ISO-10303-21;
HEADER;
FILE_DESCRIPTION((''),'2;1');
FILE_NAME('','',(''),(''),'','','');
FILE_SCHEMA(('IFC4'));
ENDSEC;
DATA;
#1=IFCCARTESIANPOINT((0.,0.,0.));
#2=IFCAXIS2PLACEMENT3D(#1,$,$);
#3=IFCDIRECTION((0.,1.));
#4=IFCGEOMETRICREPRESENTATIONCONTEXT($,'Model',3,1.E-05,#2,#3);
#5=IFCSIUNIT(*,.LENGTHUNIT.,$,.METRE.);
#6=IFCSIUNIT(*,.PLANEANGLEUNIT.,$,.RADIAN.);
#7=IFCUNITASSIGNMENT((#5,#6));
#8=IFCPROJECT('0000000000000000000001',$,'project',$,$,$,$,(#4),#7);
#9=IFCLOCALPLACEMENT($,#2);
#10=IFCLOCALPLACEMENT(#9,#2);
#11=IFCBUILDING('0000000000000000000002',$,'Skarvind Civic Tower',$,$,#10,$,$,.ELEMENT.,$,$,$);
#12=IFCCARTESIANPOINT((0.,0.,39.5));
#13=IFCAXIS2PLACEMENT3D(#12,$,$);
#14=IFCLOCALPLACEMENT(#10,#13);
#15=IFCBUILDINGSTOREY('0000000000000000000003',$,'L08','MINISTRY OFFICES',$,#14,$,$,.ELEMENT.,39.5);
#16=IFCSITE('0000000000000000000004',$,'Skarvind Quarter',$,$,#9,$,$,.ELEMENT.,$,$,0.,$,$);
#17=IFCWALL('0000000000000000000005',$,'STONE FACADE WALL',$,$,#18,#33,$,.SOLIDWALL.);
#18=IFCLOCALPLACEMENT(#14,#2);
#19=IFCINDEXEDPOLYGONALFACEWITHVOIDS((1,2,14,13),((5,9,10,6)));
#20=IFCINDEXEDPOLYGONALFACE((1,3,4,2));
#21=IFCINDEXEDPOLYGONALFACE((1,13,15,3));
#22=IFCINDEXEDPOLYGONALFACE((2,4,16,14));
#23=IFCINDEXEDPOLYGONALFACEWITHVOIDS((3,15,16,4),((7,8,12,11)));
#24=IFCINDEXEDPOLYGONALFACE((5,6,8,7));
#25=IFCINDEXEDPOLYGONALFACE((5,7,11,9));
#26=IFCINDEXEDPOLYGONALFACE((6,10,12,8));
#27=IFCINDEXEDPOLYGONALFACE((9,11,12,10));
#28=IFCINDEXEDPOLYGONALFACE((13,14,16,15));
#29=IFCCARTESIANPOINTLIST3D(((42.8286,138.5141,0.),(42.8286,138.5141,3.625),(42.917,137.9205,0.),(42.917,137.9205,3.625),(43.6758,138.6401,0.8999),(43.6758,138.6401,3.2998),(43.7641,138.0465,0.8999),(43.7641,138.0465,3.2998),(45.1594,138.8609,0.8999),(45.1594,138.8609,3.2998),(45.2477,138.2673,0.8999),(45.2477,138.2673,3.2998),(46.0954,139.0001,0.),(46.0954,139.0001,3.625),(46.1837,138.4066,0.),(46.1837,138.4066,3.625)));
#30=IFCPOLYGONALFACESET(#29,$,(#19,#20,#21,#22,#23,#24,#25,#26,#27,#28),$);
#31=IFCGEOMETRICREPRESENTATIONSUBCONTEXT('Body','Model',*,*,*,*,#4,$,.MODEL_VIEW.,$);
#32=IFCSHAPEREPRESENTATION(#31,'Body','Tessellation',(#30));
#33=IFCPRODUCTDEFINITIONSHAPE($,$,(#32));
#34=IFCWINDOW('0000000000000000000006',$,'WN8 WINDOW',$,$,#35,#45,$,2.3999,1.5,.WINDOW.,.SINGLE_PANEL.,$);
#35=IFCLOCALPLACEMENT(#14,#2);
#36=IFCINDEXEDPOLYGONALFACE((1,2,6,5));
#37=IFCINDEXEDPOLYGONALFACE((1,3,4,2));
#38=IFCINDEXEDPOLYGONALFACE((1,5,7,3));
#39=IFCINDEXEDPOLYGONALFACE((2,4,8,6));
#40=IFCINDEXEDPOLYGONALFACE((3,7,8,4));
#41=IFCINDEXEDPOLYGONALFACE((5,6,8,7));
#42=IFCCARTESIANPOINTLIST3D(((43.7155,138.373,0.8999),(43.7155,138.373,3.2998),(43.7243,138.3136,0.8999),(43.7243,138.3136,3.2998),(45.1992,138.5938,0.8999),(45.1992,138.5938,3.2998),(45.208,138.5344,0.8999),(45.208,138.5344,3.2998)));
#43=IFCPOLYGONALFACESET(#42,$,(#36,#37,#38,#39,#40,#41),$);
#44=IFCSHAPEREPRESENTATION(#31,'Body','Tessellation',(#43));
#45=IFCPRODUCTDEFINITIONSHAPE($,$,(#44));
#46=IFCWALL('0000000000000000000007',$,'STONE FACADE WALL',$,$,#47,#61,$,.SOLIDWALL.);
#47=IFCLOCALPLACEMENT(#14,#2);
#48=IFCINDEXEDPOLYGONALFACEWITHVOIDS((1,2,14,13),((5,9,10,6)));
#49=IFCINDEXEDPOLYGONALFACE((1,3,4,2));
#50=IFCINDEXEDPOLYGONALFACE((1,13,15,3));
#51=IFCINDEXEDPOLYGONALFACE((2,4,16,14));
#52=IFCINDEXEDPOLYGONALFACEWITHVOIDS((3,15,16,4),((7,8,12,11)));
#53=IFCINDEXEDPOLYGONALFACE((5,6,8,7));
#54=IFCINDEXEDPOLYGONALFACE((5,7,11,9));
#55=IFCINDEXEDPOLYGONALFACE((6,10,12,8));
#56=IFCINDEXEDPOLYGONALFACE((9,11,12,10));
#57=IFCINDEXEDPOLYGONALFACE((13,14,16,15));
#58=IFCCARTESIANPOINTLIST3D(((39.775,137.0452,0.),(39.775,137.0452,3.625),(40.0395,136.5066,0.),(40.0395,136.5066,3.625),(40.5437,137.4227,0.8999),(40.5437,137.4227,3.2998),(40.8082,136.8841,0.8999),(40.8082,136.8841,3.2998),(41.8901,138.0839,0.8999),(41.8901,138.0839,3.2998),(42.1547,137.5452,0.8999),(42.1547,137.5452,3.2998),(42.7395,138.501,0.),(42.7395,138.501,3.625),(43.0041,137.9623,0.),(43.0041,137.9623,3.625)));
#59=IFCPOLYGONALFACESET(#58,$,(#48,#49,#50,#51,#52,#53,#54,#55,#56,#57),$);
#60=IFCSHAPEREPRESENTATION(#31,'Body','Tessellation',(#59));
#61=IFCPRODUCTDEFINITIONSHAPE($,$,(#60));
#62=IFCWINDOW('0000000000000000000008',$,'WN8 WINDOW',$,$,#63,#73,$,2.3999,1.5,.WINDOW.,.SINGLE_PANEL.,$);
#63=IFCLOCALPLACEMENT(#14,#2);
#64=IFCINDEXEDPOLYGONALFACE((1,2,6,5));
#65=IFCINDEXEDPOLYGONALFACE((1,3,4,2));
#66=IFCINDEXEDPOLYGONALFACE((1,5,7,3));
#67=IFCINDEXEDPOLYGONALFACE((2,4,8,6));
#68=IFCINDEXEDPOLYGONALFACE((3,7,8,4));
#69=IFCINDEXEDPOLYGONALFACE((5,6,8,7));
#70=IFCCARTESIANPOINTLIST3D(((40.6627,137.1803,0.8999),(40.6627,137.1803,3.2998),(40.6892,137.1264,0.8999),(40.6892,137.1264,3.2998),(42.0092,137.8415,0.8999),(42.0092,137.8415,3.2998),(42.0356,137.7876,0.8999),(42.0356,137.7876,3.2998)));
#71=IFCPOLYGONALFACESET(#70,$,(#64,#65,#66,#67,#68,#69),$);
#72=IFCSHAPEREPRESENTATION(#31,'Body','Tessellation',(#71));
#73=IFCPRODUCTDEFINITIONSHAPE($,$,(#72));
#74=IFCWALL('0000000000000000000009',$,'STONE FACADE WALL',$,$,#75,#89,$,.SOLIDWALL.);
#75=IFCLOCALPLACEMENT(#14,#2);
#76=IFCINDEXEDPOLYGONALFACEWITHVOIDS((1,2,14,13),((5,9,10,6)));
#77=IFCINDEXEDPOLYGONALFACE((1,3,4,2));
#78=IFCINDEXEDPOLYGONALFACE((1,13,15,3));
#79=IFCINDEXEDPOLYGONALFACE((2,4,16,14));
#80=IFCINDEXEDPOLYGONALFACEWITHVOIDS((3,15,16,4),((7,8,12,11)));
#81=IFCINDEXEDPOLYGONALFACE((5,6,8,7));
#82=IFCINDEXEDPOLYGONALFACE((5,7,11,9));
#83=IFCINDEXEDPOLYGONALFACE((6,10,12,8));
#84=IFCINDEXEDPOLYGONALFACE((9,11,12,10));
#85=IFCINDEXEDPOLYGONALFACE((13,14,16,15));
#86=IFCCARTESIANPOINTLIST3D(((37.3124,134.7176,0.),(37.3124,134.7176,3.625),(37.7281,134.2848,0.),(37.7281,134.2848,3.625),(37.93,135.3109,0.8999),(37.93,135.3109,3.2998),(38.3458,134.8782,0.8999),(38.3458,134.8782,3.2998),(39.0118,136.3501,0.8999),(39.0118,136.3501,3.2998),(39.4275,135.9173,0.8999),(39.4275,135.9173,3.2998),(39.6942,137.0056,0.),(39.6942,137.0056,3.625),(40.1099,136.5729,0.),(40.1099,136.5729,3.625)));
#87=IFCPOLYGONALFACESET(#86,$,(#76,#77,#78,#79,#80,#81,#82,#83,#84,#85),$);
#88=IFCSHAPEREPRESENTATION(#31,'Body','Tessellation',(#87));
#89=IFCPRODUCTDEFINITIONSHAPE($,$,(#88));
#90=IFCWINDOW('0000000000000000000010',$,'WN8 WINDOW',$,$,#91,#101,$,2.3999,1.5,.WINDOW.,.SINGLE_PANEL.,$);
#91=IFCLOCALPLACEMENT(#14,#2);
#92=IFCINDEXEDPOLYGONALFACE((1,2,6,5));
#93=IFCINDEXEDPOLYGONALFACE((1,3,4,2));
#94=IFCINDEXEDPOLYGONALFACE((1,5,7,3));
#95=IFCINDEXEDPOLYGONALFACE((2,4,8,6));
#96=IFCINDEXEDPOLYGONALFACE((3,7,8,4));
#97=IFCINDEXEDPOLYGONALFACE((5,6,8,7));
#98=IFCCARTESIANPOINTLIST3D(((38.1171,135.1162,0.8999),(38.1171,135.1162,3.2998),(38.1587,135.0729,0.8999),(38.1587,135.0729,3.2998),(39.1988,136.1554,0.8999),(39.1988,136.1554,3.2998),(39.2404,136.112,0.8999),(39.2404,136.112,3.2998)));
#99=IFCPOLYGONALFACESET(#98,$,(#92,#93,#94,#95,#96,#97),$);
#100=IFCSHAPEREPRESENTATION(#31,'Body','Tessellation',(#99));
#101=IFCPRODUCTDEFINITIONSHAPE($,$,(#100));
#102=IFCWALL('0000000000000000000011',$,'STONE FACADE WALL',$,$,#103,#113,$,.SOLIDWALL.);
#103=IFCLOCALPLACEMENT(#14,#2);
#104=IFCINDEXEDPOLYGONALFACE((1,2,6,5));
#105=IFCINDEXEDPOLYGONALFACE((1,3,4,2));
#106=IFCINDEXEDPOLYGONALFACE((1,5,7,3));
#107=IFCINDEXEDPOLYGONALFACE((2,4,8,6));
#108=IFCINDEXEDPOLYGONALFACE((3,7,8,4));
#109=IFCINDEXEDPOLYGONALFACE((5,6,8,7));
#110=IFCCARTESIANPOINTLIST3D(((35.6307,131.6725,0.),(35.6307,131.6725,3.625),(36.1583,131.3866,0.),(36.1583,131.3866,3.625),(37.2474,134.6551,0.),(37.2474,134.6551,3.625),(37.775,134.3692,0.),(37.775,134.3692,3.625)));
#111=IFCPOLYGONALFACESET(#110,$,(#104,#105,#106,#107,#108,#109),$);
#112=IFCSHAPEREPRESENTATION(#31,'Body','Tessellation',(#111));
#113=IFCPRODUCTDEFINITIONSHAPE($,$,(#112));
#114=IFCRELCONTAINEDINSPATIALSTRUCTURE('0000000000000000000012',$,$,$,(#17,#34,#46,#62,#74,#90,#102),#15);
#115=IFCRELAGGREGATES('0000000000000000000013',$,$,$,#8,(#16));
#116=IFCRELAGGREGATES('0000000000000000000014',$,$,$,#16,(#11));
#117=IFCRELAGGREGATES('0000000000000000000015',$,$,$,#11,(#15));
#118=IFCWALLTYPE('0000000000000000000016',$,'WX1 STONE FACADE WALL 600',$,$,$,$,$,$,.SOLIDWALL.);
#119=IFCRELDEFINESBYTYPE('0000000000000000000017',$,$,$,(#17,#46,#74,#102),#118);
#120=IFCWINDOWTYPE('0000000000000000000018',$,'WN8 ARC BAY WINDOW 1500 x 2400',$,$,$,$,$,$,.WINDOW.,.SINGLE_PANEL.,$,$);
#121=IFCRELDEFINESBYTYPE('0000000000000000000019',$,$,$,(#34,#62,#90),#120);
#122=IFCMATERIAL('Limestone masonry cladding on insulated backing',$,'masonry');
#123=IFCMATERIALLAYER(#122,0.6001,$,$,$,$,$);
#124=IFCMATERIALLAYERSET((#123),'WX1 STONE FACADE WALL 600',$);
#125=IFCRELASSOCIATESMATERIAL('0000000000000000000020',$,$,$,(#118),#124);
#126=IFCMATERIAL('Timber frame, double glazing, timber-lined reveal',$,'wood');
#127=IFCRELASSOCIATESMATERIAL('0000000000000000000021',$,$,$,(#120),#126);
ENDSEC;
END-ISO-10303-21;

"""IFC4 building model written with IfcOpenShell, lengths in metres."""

from ifc_helpers import new_model, si_unit, direction, frame, frame_2d, origin, place, context, subcontext, project, spatial, rectangle, extrude, material, layer, layer_set, type_object, element, fill, save


model = new_model("IFC4")

# Units and contexts
model_context = context("Model", 3, precision=1e-05, world=origin(), true_north=direction((0.0, 1.0)))
body_context = subcontext(model_context, "Body", "Model", "MODEL_VIEW")
ifc_project = project(units=[si_unit("LENGTHUNIT", "METRE"), si_unit("PLANEANGLEUNIT", "RADIAN")], contexts=[model_context])

# Site, building, storey
site_placement = place(None, origin())
site = spatial("IfcSite", under=ifc_project, at=site_placement, Name="Skarvind Quarter", CompositionType="ELEMENT", RefElevation=0.0)
building_placement = place(site_placement, origin())
building = spatial("IfcBuilding", under=site, at=building_placement, Name="Skarvind Civic Tower", CompositionType="ELEMENT")
storey_placement = place(building_placement, frame((0.0, 0.0, 39.5)))
storey = spatial("IfcBuildingStorey", under=building, at=storey_placement, Name="L08", Description="MINISTRY OFFICES", CompositionType="ELEMENT", Elevation=39.5)

# Walls, openings, windows
ifc_material_1 = material(Name="Limestone masonry cladding on insulated backing", Category="masonry")
ifc_layer_1 = layer(ifc_material_1, 0.6001)
ifc_layer_set_1 = layer_set([ifc_layer_1], Name="WX1 STONE FACADE WALL 600")
wall_type_1 = type_object("IfcWallType", Name="WX1 STONE FACADE WALL 600", PredefinedType="SOLIDWALL", material=ifc_layer_set_1)
wall_1_placement = place(storey_placement, frame((42.8728, 138.2173, 0.0), z_axis=(0.0, 0.0, 1.0), x_axis=(0.989111, 0.147173, 0.0)))
wall_1 = element("IfcWall", 1, at=wall_1_placement, inside=storey, type_object=wall_type_1, Name="STONE FACADE WALL", PredefinedType="SOLIDWALL", context=body_context, shape_type="SweptSolid", body=[
    extrude(rectangle(XDim=3.3027, YDim=0.6001, at=frame_2d((1.6514, 0.0))), origin(), (0.0, 0.0, 1.0), 3.625),
])
opening_1_placement = place(wall_1_placement, frame((0.8564, 0.0, 0.8999)))
opening_1 = element("IfcOpeningElement", 2, at=opening_1_placement, cuts=wall_1, PredefinedType="OPENING", context=body_context, shape_type="SweptSolid", body=[
    extrude(rectangle(XDim=1.5, YDim=2.3999, at=frame_2d((0.75, 1.2))), frame((0.0, 0.3101, 0.0), z_axis=(0.0, -1.0, 0.0), x_axis=(1.0, 0.0, 0.0)), (0.0, 0.0, 1.0), 0.6201),
])
ifc_material_2 = material(Name="Timber frame, double glazing, timber-lined reveal", Category="wood")
window_type = type_object("IfcWindowType", Name="WN8 ARC BAY WINDOW 1500 x 2400", PartitioningType="SINGLE_PANEL", PredefinedType="WINDOW", material=ifc_material_2)
window_1_placement = place(opening_1_placement, origin())
window_1 = element("IfcWindow", 3, at=window_1_placement, inside=storey, type_object=window_type, Name="WN8 WINDOW", OverallHeight=2.3999, OverallWidth=1.5, PartitioningType="SINGLE_PANEL", PredefinedType="WINDOW", context=body_context, shape_type="SweptSolid", body=[
    extrude(rectangle(XDim=1.5, YDim=2.3999, at=frame_2d((0.75, 1.2))), frame((0.0, 0.03, 0.0), z_axis=(0.0, -1.0, 0.0), x_axis=(1.0, 0.0, 0.0)), (0.0, 0.0, 1.0), 0.0601),
])
fill(opening_1, window_1)
wall_2_placement = place(storey_placement, frame((39.9072, 136.7759, 0.0), z_axis=(0.0, 0.0, 1.0), x_axis=(0.897612, 0.440786, 0.0)))
wall_2 = element("IfcWall", 4, at=wall_2_placement, inside=storey, type_object=wall_type_1, Name="STONE FACADE WALL", PredefinedType="SOLIDWALL", context=body_context, shape_type="SweptSolid", body=[
    extrude(rectangle(XDim=3.3027, YDim=0.6001, at=frame_2d((1.6514, 0.0))), origin(), (0.0, 0.0, 1.0), 3.625),
])
opening_2_placement = place(wall_2_placement, frame((0.8564, 0.0, 0.8999)))
opening_2 = element("IfcOpeningElement", 5, at=opening_2_placement, cuts=wall_2, PredefinedType="OPENING", context=body_context, shape_type="SweptSolid", body=[
    extrude(rectangle(XDim=1.5, YDim=2.3999, at=frame_2d((0.75, 1.2))), frame((0.0, 0.3101, 0.0), z_axis=(0.0, -1.0, 0.0), x_axis=(1.0, 0.0, 0.0)), (0.0, 0.0, 1.0), 0.6201),
])
window_2_placement = place(opening_2_placement, origin())
window_2 = element("IfcWindow", 6, at=window_2_placement, inside=storey, type_object=window_type, Name="WN8 WINDOW", OverallHeight=2.3999, OverallWidth=1.5, PartitioningType="SINGLE_PANEL", PredefinedType="WINDOW", context=body_context, shape_type="SweptSolid", body=[
    extrude(rectangle(XDim=1.5, YDim=2.3999, at=frame_2d((0.75, 1.2))), frame((0.0, 0.03, 0.0), z_axis=(0.0, -1.0, 0.0), x_axis=(1.0, 0.0, 0.0)), (0.0, 0.0, 1.0), 0.0601),
])
fill(opening_2, window_2)
wall_3_placement = place(storey_placement, frame((37.5203, 134.5012, 0.0), z_axis=(0.0, 0.0, 1.0), x_axis=(0.721157, 0.692772, 0.0)))
wall_3 = element("IfcWall", 7, at=wall_3_placement, inside=storey, type_object=wall_type_1, Name="STONE FACADE WALL", PredefinedType="SOLIDWALL", context=body_context, shape_type="SweptSolid", body=[
    extrude(rectangle(XDim=3.3027, YDim=0.6001, at=frame_2d((1.6514, 0.0))), origin(), (0.0, 0.0, 1.0), 3.625),
])
opening_3_placement = place(wall_3_placement, frame((0.8564, 0.0, 0.8999)))
opening_3 = element("IfcOpeningElement", 8, at=opening_3_placement, cuts=wall_3, PredefinedType="OPENING", context=body_context, shape_type="SweptSolid", body=[
    extrude(rectangle(XDim=1.5, YDim=2.3999, at=frame_2d((0.75, 1.2))), frame((0.0, 0.3101, 0.0), z_axis=(0.0, -1.0, 0.0), x_axis=(1.0, 0.0, 0.0)), (0.0, 0.0, 1.0), 0.6201),
])
window_3_placement = place(opening_3_placement, origin())
window_3 = element("IfcWindow", 9, at=window_3_placement, inside=storey, type_object=window_type, Name="WN8 WINDOW", OverallHeight=2.3999, OverallWidth=1.5, PartitioningType="SINGLE_PANEL", PredefinedType="WINDOW", context=body_context, shape_type="SweptSolid", body=[
    extrude(rectangle(XDim=1.5, YDim=2.3999, at=frame_2d((0.75, 1.2))), frame((0.0, 0.03, 0.0), z_axis=(0.0, -1.0, 0.0), x_axis=(1.0, 0.0, 0.0)), (0.0, 0.0, 1.0), 0.0601),
])
fill(opening_3, window_3)

# Wall
wall_4_placement = place(storey_placement, frame((35.8945, 131.5295, 0.0), z_axis=(0.0, 0.0, 1.0), x_axis=(0.476531, 0.879158, 0.0)))
element("IfcWall", 10, at=wall_4_placement, inside=storey, type_object=wall_type_1, Name="STONE FACADE WALL", PredefinedType="SOLIDWALL", context=body_context, shape_type="SweptSolid", body=[
    extrude(rectangle(XDim=3.3926, YDim=0.6001, at=frame_2d((1.6963, 0.0))), origin(), (0.0, 0.0, 1.0), 3.625),
])

save(model, "model.ifc")
